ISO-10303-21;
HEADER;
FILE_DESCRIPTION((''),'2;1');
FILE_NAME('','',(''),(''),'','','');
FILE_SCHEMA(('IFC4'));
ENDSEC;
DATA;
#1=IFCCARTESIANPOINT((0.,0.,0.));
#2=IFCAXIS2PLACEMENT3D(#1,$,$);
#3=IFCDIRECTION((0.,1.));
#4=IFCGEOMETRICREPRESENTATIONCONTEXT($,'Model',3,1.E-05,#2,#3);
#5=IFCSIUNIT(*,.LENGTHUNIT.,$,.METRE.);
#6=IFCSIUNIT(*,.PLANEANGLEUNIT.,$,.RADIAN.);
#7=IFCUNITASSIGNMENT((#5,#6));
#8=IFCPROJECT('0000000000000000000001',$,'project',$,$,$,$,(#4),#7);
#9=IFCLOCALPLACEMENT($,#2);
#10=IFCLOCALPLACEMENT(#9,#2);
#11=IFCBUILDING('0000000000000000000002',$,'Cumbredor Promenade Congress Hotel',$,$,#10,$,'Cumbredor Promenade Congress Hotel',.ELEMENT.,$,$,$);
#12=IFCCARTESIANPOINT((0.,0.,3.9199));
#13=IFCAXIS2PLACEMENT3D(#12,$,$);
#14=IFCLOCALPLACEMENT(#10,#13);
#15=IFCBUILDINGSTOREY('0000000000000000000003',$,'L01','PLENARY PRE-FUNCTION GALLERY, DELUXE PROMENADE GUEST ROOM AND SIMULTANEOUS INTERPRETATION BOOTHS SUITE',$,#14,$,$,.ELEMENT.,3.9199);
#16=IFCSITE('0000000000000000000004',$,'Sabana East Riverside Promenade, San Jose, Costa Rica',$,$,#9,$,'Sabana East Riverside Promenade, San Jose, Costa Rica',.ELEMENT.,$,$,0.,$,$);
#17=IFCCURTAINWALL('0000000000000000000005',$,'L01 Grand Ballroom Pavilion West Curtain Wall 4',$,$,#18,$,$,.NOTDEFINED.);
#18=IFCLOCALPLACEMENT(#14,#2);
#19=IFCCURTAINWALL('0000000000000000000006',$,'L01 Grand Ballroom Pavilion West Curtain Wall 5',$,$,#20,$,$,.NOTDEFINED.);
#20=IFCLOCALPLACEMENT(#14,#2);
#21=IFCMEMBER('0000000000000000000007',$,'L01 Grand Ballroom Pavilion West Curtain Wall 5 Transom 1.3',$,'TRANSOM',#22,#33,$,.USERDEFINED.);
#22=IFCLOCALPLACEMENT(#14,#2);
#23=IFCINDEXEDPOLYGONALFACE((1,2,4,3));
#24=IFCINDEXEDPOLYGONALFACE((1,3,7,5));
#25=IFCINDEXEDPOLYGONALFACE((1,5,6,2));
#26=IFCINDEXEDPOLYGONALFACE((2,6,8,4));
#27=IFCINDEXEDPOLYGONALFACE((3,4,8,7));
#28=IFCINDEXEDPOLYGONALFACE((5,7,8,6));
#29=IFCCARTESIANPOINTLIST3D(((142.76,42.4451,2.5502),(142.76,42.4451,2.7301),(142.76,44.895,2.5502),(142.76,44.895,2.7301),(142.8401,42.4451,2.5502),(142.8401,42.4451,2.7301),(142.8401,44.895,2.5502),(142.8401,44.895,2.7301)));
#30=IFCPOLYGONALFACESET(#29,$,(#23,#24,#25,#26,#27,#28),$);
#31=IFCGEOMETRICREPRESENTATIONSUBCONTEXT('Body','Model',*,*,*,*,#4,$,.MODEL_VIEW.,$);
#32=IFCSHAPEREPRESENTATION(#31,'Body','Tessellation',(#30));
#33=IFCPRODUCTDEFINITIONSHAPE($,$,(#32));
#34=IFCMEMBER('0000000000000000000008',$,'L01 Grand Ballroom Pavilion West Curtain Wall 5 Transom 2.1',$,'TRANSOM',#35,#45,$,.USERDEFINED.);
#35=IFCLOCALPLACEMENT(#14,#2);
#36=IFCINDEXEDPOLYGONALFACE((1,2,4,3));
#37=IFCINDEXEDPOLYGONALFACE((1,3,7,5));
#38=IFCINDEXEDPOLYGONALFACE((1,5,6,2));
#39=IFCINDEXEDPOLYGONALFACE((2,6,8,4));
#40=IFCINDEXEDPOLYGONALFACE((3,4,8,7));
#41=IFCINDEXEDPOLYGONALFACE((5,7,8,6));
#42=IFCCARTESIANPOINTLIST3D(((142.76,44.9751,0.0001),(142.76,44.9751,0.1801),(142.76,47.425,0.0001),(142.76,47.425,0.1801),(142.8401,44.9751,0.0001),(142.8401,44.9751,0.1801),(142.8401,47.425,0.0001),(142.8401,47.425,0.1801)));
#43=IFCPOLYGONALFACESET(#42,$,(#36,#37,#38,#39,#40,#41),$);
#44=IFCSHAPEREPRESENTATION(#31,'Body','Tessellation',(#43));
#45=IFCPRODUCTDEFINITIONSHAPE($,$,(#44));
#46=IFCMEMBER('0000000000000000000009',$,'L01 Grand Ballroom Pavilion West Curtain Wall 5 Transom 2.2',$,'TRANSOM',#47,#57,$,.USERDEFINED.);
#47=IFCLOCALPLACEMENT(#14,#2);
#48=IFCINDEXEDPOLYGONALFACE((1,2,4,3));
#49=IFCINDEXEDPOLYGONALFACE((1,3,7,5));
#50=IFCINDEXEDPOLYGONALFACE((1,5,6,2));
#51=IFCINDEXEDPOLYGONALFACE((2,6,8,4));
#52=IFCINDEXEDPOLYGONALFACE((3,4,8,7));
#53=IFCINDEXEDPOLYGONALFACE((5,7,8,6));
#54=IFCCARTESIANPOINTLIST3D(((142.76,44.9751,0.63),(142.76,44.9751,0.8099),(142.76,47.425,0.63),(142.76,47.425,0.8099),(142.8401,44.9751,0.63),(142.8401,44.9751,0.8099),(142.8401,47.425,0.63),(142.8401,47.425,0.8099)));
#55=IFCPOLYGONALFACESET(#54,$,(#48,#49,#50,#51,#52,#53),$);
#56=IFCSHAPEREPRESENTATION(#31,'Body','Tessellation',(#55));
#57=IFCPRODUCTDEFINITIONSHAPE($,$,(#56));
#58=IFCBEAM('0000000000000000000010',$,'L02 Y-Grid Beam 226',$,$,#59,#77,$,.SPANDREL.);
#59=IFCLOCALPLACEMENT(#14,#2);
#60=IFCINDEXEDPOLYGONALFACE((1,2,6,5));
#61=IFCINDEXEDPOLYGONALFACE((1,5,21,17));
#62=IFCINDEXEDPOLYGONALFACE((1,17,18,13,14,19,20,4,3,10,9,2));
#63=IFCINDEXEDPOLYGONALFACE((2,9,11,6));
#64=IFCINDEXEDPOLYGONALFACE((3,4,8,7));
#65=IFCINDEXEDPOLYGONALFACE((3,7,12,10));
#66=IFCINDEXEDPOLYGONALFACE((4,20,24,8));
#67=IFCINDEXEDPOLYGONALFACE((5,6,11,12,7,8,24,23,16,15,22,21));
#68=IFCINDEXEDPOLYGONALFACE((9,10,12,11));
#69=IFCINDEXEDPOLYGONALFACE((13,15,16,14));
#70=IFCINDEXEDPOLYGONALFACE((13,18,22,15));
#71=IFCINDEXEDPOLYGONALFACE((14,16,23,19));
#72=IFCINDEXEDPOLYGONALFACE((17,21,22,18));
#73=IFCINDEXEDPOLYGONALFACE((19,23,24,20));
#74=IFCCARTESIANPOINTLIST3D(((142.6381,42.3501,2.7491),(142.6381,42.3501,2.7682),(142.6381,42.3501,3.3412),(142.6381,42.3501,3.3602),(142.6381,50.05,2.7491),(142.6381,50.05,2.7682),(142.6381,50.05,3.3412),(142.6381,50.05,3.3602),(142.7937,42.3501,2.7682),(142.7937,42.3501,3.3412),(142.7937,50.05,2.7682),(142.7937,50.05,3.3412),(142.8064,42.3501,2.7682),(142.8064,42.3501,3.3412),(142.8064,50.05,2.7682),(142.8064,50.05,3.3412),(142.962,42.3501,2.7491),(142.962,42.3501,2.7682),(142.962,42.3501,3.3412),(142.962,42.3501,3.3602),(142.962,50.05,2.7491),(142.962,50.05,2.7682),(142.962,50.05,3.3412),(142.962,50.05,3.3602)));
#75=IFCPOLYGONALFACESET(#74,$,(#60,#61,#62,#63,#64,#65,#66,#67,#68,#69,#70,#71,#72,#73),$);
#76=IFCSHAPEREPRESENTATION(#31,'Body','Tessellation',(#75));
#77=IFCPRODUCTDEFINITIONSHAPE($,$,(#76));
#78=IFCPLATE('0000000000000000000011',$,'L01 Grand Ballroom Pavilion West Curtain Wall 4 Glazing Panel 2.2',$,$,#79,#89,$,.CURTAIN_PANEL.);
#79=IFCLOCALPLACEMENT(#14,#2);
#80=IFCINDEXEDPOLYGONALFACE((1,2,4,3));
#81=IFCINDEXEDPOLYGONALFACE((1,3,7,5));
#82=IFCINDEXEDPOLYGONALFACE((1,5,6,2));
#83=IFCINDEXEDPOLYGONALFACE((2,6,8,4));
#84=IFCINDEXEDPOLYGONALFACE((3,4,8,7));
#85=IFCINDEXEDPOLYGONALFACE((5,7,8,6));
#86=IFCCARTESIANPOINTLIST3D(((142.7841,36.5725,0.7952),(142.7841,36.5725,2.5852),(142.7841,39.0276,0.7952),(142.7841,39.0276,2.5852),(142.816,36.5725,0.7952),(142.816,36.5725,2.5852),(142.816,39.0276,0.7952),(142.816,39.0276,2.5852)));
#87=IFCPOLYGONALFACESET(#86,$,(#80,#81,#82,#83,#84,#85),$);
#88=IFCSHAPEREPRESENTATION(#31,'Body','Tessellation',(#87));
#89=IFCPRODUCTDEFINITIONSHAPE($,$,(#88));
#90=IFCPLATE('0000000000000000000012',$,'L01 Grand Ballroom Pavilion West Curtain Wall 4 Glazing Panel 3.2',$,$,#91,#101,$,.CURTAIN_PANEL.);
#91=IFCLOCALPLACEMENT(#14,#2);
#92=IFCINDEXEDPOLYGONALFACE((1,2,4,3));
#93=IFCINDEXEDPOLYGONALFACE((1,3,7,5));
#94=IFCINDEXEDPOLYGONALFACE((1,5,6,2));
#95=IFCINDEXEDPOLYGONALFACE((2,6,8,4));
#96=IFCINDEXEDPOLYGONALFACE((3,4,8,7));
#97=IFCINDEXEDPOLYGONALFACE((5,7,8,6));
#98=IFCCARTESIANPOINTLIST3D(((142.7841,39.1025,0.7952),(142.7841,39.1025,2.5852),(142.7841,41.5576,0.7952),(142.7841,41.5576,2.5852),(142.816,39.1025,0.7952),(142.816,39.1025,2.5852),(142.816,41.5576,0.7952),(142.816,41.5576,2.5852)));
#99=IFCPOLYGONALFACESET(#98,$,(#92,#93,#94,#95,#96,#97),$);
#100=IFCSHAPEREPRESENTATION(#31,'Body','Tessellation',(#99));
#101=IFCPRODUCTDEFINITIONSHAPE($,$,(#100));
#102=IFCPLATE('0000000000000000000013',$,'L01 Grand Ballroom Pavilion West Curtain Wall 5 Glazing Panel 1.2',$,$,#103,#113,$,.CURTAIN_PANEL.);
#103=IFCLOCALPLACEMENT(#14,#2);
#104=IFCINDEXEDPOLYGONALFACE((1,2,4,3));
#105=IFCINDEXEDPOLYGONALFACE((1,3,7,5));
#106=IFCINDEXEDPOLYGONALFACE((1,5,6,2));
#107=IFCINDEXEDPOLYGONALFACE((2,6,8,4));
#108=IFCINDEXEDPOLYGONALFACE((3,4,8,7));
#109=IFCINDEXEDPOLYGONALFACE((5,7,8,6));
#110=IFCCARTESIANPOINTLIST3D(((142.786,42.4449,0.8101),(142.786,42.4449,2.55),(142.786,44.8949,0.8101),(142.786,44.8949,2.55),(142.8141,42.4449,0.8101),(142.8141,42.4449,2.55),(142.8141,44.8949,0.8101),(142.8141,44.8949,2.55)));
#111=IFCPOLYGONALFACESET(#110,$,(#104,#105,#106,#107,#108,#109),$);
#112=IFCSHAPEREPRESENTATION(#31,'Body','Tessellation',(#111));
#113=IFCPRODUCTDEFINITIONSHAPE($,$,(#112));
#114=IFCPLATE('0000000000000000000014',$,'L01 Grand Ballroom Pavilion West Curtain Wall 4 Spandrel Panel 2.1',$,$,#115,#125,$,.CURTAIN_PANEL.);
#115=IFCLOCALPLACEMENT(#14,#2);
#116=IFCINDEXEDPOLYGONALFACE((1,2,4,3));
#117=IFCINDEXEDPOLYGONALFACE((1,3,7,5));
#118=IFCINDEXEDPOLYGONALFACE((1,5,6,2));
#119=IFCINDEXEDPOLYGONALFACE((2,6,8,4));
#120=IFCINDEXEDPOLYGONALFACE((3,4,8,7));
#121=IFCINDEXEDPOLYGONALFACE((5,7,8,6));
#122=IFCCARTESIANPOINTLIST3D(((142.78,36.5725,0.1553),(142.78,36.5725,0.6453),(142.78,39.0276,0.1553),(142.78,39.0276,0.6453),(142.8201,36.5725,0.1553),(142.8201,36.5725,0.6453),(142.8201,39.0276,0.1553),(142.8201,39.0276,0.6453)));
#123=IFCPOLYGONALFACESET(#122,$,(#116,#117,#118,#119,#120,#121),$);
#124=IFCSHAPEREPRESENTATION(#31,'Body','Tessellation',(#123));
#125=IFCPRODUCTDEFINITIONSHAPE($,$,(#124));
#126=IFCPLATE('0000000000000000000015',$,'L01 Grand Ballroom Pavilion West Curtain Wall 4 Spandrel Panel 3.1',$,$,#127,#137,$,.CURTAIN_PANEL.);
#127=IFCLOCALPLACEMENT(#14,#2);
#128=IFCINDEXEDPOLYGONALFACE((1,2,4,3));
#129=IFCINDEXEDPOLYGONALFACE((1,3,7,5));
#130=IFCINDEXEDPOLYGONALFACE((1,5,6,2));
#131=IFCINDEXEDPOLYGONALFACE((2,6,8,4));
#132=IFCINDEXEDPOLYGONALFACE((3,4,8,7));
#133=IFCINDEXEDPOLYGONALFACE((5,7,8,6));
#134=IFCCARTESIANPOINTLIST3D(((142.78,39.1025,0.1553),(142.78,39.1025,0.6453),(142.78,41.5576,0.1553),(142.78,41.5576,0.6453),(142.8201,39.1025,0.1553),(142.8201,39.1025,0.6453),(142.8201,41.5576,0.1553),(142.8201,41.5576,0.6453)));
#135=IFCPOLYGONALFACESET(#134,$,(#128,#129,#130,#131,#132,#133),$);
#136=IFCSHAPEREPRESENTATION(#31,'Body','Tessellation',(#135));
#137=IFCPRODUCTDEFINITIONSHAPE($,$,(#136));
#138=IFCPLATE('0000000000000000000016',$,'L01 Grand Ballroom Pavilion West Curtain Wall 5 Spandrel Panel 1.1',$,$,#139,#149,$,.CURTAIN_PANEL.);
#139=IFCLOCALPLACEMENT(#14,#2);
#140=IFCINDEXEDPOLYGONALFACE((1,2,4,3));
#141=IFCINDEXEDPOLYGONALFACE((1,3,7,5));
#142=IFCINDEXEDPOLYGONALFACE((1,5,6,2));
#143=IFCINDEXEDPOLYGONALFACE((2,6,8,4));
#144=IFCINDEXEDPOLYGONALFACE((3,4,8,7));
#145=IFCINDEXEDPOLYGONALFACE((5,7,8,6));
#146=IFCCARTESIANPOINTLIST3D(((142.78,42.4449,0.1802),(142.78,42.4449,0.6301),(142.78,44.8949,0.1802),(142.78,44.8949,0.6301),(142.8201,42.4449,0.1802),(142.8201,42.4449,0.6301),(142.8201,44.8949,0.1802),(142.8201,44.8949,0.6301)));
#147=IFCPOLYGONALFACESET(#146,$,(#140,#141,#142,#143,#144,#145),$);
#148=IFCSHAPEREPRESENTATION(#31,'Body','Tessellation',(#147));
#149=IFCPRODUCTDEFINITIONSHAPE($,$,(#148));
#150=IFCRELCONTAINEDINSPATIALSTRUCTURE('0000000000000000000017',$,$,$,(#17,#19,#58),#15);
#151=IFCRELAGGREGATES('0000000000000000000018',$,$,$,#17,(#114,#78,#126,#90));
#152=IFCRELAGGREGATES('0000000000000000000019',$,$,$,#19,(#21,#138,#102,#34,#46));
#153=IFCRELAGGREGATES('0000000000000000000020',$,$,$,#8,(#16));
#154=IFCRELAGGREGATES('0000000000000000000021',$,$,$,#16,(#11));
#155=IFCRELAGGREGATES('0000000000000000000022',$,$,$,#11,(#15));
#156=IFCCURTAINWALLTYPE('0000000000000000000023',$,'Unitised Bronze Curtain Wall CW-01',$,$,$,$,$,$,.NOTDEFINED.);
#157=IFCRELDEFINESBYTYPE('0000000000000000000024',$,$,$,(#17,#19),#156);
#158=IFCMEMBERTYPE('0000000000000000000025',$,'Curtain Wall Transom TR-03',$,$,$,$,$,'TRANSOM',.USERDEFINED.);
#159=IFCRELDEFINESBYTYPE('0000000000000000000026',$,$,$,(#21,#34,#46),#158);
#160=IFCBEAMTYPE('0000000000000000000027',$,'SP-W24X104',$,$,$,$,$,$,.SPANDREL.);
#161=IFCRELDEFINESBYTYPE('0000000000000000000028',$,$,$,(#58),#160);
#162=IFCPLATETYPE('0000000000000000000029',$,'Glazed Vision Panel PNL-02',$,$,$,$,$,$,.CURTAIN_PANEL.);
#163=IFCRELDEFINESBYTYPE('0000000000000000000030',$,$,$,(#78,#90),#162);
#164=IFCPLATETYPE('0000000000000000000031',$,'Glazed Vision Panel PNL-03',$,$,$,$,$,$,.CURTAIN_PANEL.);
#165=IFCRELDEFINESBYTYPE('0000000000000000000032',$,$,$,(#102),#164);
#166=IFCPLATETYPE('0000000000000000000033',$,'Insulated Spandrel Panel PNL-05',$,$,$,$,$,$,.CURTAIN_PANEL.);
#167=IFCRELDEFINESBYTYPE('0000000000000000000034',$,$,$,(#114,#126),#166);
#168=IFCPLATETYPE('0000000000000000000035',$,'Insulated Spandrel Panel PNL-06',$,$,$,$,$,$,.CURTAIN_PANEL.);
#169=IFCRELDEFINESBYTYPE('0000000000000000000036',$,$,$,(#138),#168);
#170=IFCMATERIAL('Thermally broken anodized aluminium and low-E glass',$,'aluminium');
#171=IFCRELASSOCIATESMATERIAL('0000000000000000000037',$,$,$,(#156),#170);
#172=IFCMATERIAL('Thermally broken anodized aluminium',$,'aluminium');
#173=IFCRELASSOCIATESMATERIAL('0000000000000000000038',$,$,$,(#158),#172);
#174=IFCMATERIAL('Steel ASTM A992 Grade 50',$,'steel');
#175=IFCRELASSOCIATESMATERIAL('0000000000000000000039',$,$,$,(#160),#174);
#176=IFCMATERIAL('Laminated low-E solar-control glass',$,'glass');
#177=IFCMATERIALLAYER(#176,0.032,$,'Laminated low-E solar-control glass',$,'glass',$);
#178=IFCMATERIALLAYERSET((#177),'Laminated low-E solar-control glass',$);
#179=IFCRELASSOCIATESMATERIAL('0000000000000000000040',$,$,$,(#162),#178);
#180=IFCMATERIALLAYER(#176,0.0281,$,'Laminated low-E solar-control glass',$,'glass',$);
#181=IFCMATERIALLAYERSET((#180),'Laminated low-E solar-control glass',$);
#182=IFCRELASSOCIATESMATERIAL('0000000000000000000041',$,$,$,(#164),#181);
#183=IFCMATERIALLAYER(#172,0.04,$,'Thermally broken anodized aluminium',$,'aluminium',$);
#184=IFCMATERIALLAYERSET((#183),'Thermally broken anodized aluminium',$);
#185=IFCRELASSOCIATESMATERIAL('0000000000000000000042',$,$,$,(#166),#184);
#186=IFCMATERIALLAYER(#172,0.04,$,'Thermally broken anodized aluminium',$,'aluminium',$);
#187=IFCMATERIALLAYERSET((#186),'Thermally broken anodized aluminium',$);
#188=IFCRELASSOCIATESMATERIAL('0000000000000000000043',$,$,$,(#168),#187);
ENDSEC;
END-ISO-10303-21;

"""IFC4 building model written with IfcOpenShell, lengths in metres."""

from ifc_helpers import new_model, si_unit, direction, frame, origin, origin_2d, place, context, subcontext, project, spatial, rectangle, i_section, extrude, material, layer, layer_set, material_profile, profile_set, type_object, element, aggregate, save


model = new_model("IFC4")

# Units and contexts
model_context = context("Model", 3, precision=1e-05, world=origin(), true_north=direction((0.0, 1.0)))
body_context = subcontext(model_context, "Body", "Model", "MODEL_VIEW")
ifc_project = project(units=[si_unit("LENGTHUNIT", "METRE"), si_unit("PLANEANGLEUNIT", "RADIAN")], contexts=[model_context])

# Site, building, storey
site_placement = place(None, origin())
site = spatial("IfcSite", under=ifc_project, at=site_placement, Name="Sabana East Riverside Promenade, San Jose, Costa Rica", LongName="Sabana East Riverside Promenade, San Jose, Costa Rica", CompositionType="ELEMENT", RefElevation=0.0)
building_placement = place(site_placement, origin())
building = spatial("IfcBuilding", under=site, at=building_placement, Name="Cumbredor Promenade Congress Hotel", LongName="Cumbredor Promenade Congress Hotel", CompositionType="ELEMENT")
storey_placement = place(building_placement, frame((0.0, 0.0, 3.9199)))
storey = spatial("IfcBuildingStorey", under=building, at=storey_placement, Name="L01", Description="PLENARY PRE-FUNCTION GALLERY, DELUXE PROMENADE GUEST ROOM AND SIMULTANEOUS INTERPRETATION BOOTHS SUITE", CompositionType="ELEMENT", Elevation=3.9199)

# Curtain walls
ifc_material_1 = material(Name="Thermally broken anodized aluminium and low-E glass", Category="aluminium")
curtain_wall_type = type_object("IfcCurtainWallType", Name="Unitised Bronze Curtain Wall CW-01", PredefinedType="NOTDEFINED", material=ifc_material_1)
curtain_wall_1_placement = place(storey_placement, origin())
curtain_wall_1 = element("IfcCurtainWall", 1, at=curtain_wall_1_placement, inside=storey, type_object=curtain_wall_type, Name="L01 Grand Ballroom Pavilion West Curtain Wall 4", PredefinedType="NOTDEFINED")
ifc_material_2 = material(Name="Thermally broken anodized aluminium", Category="aluminium")
curtain_wall_2_placement = place(storey_placement, origin())
curtain_wall_2 = element("IfcCurtainWall", 2, at=curtain_wall_2_placement, inside=storey, type_object=curtain_wall_type, Name="L01 Grand Ballroom Pavilion West Curtain Wall 5", PredefinedType="NOTDEFINED")

# Members
ifc_material_profile_1 = material_profile(ifc_material_2, rectangle(XDim=0.0801, YDim=0.1799, at=origin_2d()), Name="ALU TRANSOM 80x180")
ifc_profile_set_1 = profile_set([ifc_material_profile_1], Name="Thermally broken anodized aluminium")
member_type_1 = type_object("IfcMemberType", Name="Curtain Wall Transom TR-03", ElementType="TRANSOM", PredefinedType="USERDEFINED", material=ifc_profile_set_1)
member_1_placement = place(storey_placement, frame((142.8, 42.4451, 2.6401), z_axis=(0.0, 1.0, 0.0), x_axis=(-1.0, 0.0, 0.0)))
member_1 = element("IfcMember", 3, at=member_1_placement, type_object=member_type_1, Name="L01 Grand Ballroom Pavilion West Curtain Wall 5 Transom 1.3", ObjectType="TRANSOM", PredefinedType="USERDEFINED", context=body_context, shape_type="SweptSolid", body=[
    extrude(rectangle(XDim=0.0801, YDim=0.1799, at=origin_2d()), origin(), (0.0, 0.0, 1.0), 2.45),
])
member_2_placement = place(storey_placement, frame((142.8, 44.9751, 0.0901), z_axis=(0.0, 1.0, 0.0), x_axis=(-1.0, 0.0, 0.0)))
member_2 = element("IfcMember", 4, at=member_2_placement, type_object=member_type_1, Name="L01 Grand Ballroom Pavilion West Curtain Wall 5 Transom 2.1", ObjectType="TRANSOM", PredefinedType="USERDEFINED", context=body_context, shape_type="SweptSolid", body=[
    extrude(rectangle(XDim=0.0801, YDim=0.1799, at=origin_2d()), origin(), (0.0, 0.0, 1.0), 2.45),
])
member_3_placement = place(storey_placement, frame((142.8, 44.9751, 0.72), z_axis=(0.0, 1.0, 0.0), x_axis=(-1.0, 0.0, 0.0)))
member_3 = element("IfcMember", 5, at=member_3_placement, type_object=member_type_1, Name="L01 Grand Ballroom Pavilion West Curtain Wall 5 Transom 2.2", ObjectType="TRANSOM", PredefinedType="USERDEFINED", context=body_context, shape_type="SweptSolid", body=[
    extrude(rectangle(XDim=0.0801, YDim=0.1799, at=origin_2d()), origin(), (0.0, 0.0, 1.0), 2.45),
])

# Beam
ifc_material_3 = material(Name="Steel ASTM A992 Grade 50", Category="steel")
ifc_material_profile_2 = material_profile(ifc_material_3, i_section(OverallWidth=0.324, OverallDepth=0.6111, WebThickness=0.0127, FlangeThickness=0.019, at=origin_2d()), Name="W24X104")
ifc_profile_set_2 = profile_set([ifc_material_profile_2], Name="Steel ASTM A992 Grade 50")
beam_type = type_object("IfcBeamType", Name="SP-W24X104", PredefinedType="SPANDREL", material=ifc_profile_set_2)
beam_placement = place(storey_placement, frame((142.8, 42.3501, 3.0547), z_axis=(0.0, 1.0, 0.0), x_axis=(-1.0, 0.0, 0.0)))
element("IfcBeam", 6, at=beam_placement, inside=storey, type_object=beam_type, Name="L02 Y-Grid Beam 226", PredefinedType="SPANDREL", context=body_context, shape_type="SweptSolid", body=[
    extrude(i_section(OverallWidth=0.324, OverallDepth=0.6111, WebThickness=0.0127, FlangeThickness=0.019, at=origin_2d()), origin(), (0.0, 0.0, 1.0), 7.7),
])

# Plates
ifc_material_4 = material(Name="Laminated low-E solar-control glass", Category="glass")
ifc_layer_1 = layer(ifc_material_4, 0.032, Name="Laminated low-E solar-control glass", Category="glass")
ifc_layer_set_1 = layer_set([ifc_layer_1], Name="Laminated low-E solar-control glass")
plate_type_1 = type_object("IfcPlateType", Name="Glazed Vision Panel PNL-02", PredefinedType="CURTAIN_PANEL", material=ifc_layer_set_1)
plate_1_placement = place(storey_placement, frame((142.8, 37.8, 0.7952), z_axis=(0.0, 0.0, 1.0), x_axis=(0.0, 1.0, 0.0)))
plate_1 = element("IfcPlate", 7, at=plate_1_placement, type_object=plate_type_1, Name="L01 Grand Ballroom Pavilion West Curtain Wall 4 Glazing Panel 2.2", PredefinedType="CURTAIN_PANEL", context=body_context, shape_type="SweptSolid", body=[
    extrude(rectangle(XDim=2.4551, YDim=0.032, at=origin_2d()), origin(), (0.0, 0.0, 1.0), 1.79),
])
plate_2_placement = place(storey_placement, frame((142.8, 40.3301, 0.7952), z_axis=(0.0, 0.0, 1.0), x_axis=(0.0, 1.0, 0.0)))
plate_2 = element("IfcPlate", 8, at=plate_2_placement, type_object=plate_type_1, Name="L01 Grand Ballroom Pavilion West Curtain Wall 4 Glazing Panel 3.2", PredefinedType="CURTAIN_PANEL", context=body_context, shape_type="SweptSolid", body=[
    extrude(rectangle(XDim=2.4551, YDim=0.032, at=origin_2d()), origin(), (0.0, 0.0, 1.0), 1.79),
])
ifc_layer_2 = layer(ifc_material_4, 0.0281, Name="Laminated low-E solar-control glass", Category="glass")
ifc_layer_set_2 = layer_set([ifc_layer_2], Name="Laminated low-E solar-control glass")
plate_type_2 = type_object("IfcPlateType", Name="Glazed Vision Panel PNL-03", PredefinedType="CURTAIN_PANEL", material=ifc_layer_set_2)
plate_3_placement = place(storey_placement, frame((142.8, 43.6699, 0.8101), z_axis=(0.0, 0.0, 1.0), x_axis=(0.0, 1.0, 0.0)))
plate_3 = element("IfcPlate", 9, at=plate_3_placement, type_object=plate_type_2, Name="L01 Grand Ballroom Pavilion West Curtain Wall 5 Glazing Panel 1.2", PredefinedType="CURTAIN_PANEL", context=body_context, shape_type="SweptSolid", body=[
    extrude(rectangle(XDim=2.45, YDim=0.0281, at=origin_2d()), origin(), (0.0, 0.0, 1.0), 1.74),
])
ifc_layer_3 = layer(ifc_material_2, 0.04, Name="Thermally broken anodized aluminium", Category="aluminium")
ifc_layer_set_3 = layer_set([ifc_layer_3], Name="Thermally broken anodized aluminium")
plate_type_3 = type_object("IfcPlateType", Name="Insulated Spandrel Panel PNL-05", PredefinedType="CURTAIN_PANEL", material=ifc_layer_set_3)
plate_4_placement = place(storey_placement, frame((142.8, 37.8, 0.1553), z_axis=(0.0, 0.0, 1.0), x_axis=(0.0, 1.0, 0.0)))
plate_4 = element("IfcPlate", 10, at=plate_4_placement, type_object=plate_type_3, Name="L01 Grand Ballroom Pavilion West Curtain Wall 4 Spandrel Panel 2.1", PredefinedType="CURTAIN_PANEL", context=body_context, shape_type="SweptSolid", body=[
    extrude(rectangle(XDim=2.4551, YDim=0.04, at=origin_2d()), origin(), (0.0, 0.0, 1.0), 0.49),
])
plate_5_placement = place(storey_placement, frame((142.8, 40.3301, 0.1553), z_axis=(0.0, 0.0, 1.0), x_axis=(0.0, 1.0, 0.0)))
plate_5 = element("IfcPlate", 11, at=plate_5_placement, type_object=plate_type_3, Name="L01 Grand Ballroom Pavilion West Curtain Wall 4 Spandrel Panel 3.1", PredefinedType="CURTAIN_PANEL", context=body_context, shape_type="SweptSolid", body=[
    extrude(rectangle(XDim=2.4551, YDim=0.04, at=origin_2d()), origin(), (0.0, 0.0, 1.0), 0.49),
])
aggregate(curtain_wall_1, [plate_4, plate_1, plate_5, plate_2])
ifc_layer_4 = layer(ifc_material_2, 0.04, Name="Thermally broken anodized aluminium", Category="aluminium")
ifc_layer_set_4 = layer_set([ifc_layer_4], Name="Thermally broken anodized aluminium")
plate_type_4 = type_object("IfcPlateType", Name="Insulated Spandrel Panel PNL-06", PredefinedType="CURTAIN_PANEL", material=ifc_layer_set_4)
plate_6_placement = place(storey_placement, frame((142.8, 43.6699, 0.1802), z_axis=(0.0, 0.0, 1.0), x_axis=(0.0, 1.0, 0.0)))
plate_6 = element("IfcPlate", 12, at=plate_6_placement, type_object=plate_type_4, Name="L01 Grand Ballroom Pavilion West Curtain Wall 5 Spandrel Panel 1.1", PredefinedType="CURTAIN_PANEL", context=body_context, shape_type="SweptSolid", body=[
    extrude(rectangle(XDim=2.45, YDim=0.04, at=origin_2d()), origin(), (0.0, 0.0, 1.0), 0.45),
])
aggregate(curtain_wall_2, [member_1, plate_6, plate_3, member_2, member_3])

save(model, "model.ifc")
